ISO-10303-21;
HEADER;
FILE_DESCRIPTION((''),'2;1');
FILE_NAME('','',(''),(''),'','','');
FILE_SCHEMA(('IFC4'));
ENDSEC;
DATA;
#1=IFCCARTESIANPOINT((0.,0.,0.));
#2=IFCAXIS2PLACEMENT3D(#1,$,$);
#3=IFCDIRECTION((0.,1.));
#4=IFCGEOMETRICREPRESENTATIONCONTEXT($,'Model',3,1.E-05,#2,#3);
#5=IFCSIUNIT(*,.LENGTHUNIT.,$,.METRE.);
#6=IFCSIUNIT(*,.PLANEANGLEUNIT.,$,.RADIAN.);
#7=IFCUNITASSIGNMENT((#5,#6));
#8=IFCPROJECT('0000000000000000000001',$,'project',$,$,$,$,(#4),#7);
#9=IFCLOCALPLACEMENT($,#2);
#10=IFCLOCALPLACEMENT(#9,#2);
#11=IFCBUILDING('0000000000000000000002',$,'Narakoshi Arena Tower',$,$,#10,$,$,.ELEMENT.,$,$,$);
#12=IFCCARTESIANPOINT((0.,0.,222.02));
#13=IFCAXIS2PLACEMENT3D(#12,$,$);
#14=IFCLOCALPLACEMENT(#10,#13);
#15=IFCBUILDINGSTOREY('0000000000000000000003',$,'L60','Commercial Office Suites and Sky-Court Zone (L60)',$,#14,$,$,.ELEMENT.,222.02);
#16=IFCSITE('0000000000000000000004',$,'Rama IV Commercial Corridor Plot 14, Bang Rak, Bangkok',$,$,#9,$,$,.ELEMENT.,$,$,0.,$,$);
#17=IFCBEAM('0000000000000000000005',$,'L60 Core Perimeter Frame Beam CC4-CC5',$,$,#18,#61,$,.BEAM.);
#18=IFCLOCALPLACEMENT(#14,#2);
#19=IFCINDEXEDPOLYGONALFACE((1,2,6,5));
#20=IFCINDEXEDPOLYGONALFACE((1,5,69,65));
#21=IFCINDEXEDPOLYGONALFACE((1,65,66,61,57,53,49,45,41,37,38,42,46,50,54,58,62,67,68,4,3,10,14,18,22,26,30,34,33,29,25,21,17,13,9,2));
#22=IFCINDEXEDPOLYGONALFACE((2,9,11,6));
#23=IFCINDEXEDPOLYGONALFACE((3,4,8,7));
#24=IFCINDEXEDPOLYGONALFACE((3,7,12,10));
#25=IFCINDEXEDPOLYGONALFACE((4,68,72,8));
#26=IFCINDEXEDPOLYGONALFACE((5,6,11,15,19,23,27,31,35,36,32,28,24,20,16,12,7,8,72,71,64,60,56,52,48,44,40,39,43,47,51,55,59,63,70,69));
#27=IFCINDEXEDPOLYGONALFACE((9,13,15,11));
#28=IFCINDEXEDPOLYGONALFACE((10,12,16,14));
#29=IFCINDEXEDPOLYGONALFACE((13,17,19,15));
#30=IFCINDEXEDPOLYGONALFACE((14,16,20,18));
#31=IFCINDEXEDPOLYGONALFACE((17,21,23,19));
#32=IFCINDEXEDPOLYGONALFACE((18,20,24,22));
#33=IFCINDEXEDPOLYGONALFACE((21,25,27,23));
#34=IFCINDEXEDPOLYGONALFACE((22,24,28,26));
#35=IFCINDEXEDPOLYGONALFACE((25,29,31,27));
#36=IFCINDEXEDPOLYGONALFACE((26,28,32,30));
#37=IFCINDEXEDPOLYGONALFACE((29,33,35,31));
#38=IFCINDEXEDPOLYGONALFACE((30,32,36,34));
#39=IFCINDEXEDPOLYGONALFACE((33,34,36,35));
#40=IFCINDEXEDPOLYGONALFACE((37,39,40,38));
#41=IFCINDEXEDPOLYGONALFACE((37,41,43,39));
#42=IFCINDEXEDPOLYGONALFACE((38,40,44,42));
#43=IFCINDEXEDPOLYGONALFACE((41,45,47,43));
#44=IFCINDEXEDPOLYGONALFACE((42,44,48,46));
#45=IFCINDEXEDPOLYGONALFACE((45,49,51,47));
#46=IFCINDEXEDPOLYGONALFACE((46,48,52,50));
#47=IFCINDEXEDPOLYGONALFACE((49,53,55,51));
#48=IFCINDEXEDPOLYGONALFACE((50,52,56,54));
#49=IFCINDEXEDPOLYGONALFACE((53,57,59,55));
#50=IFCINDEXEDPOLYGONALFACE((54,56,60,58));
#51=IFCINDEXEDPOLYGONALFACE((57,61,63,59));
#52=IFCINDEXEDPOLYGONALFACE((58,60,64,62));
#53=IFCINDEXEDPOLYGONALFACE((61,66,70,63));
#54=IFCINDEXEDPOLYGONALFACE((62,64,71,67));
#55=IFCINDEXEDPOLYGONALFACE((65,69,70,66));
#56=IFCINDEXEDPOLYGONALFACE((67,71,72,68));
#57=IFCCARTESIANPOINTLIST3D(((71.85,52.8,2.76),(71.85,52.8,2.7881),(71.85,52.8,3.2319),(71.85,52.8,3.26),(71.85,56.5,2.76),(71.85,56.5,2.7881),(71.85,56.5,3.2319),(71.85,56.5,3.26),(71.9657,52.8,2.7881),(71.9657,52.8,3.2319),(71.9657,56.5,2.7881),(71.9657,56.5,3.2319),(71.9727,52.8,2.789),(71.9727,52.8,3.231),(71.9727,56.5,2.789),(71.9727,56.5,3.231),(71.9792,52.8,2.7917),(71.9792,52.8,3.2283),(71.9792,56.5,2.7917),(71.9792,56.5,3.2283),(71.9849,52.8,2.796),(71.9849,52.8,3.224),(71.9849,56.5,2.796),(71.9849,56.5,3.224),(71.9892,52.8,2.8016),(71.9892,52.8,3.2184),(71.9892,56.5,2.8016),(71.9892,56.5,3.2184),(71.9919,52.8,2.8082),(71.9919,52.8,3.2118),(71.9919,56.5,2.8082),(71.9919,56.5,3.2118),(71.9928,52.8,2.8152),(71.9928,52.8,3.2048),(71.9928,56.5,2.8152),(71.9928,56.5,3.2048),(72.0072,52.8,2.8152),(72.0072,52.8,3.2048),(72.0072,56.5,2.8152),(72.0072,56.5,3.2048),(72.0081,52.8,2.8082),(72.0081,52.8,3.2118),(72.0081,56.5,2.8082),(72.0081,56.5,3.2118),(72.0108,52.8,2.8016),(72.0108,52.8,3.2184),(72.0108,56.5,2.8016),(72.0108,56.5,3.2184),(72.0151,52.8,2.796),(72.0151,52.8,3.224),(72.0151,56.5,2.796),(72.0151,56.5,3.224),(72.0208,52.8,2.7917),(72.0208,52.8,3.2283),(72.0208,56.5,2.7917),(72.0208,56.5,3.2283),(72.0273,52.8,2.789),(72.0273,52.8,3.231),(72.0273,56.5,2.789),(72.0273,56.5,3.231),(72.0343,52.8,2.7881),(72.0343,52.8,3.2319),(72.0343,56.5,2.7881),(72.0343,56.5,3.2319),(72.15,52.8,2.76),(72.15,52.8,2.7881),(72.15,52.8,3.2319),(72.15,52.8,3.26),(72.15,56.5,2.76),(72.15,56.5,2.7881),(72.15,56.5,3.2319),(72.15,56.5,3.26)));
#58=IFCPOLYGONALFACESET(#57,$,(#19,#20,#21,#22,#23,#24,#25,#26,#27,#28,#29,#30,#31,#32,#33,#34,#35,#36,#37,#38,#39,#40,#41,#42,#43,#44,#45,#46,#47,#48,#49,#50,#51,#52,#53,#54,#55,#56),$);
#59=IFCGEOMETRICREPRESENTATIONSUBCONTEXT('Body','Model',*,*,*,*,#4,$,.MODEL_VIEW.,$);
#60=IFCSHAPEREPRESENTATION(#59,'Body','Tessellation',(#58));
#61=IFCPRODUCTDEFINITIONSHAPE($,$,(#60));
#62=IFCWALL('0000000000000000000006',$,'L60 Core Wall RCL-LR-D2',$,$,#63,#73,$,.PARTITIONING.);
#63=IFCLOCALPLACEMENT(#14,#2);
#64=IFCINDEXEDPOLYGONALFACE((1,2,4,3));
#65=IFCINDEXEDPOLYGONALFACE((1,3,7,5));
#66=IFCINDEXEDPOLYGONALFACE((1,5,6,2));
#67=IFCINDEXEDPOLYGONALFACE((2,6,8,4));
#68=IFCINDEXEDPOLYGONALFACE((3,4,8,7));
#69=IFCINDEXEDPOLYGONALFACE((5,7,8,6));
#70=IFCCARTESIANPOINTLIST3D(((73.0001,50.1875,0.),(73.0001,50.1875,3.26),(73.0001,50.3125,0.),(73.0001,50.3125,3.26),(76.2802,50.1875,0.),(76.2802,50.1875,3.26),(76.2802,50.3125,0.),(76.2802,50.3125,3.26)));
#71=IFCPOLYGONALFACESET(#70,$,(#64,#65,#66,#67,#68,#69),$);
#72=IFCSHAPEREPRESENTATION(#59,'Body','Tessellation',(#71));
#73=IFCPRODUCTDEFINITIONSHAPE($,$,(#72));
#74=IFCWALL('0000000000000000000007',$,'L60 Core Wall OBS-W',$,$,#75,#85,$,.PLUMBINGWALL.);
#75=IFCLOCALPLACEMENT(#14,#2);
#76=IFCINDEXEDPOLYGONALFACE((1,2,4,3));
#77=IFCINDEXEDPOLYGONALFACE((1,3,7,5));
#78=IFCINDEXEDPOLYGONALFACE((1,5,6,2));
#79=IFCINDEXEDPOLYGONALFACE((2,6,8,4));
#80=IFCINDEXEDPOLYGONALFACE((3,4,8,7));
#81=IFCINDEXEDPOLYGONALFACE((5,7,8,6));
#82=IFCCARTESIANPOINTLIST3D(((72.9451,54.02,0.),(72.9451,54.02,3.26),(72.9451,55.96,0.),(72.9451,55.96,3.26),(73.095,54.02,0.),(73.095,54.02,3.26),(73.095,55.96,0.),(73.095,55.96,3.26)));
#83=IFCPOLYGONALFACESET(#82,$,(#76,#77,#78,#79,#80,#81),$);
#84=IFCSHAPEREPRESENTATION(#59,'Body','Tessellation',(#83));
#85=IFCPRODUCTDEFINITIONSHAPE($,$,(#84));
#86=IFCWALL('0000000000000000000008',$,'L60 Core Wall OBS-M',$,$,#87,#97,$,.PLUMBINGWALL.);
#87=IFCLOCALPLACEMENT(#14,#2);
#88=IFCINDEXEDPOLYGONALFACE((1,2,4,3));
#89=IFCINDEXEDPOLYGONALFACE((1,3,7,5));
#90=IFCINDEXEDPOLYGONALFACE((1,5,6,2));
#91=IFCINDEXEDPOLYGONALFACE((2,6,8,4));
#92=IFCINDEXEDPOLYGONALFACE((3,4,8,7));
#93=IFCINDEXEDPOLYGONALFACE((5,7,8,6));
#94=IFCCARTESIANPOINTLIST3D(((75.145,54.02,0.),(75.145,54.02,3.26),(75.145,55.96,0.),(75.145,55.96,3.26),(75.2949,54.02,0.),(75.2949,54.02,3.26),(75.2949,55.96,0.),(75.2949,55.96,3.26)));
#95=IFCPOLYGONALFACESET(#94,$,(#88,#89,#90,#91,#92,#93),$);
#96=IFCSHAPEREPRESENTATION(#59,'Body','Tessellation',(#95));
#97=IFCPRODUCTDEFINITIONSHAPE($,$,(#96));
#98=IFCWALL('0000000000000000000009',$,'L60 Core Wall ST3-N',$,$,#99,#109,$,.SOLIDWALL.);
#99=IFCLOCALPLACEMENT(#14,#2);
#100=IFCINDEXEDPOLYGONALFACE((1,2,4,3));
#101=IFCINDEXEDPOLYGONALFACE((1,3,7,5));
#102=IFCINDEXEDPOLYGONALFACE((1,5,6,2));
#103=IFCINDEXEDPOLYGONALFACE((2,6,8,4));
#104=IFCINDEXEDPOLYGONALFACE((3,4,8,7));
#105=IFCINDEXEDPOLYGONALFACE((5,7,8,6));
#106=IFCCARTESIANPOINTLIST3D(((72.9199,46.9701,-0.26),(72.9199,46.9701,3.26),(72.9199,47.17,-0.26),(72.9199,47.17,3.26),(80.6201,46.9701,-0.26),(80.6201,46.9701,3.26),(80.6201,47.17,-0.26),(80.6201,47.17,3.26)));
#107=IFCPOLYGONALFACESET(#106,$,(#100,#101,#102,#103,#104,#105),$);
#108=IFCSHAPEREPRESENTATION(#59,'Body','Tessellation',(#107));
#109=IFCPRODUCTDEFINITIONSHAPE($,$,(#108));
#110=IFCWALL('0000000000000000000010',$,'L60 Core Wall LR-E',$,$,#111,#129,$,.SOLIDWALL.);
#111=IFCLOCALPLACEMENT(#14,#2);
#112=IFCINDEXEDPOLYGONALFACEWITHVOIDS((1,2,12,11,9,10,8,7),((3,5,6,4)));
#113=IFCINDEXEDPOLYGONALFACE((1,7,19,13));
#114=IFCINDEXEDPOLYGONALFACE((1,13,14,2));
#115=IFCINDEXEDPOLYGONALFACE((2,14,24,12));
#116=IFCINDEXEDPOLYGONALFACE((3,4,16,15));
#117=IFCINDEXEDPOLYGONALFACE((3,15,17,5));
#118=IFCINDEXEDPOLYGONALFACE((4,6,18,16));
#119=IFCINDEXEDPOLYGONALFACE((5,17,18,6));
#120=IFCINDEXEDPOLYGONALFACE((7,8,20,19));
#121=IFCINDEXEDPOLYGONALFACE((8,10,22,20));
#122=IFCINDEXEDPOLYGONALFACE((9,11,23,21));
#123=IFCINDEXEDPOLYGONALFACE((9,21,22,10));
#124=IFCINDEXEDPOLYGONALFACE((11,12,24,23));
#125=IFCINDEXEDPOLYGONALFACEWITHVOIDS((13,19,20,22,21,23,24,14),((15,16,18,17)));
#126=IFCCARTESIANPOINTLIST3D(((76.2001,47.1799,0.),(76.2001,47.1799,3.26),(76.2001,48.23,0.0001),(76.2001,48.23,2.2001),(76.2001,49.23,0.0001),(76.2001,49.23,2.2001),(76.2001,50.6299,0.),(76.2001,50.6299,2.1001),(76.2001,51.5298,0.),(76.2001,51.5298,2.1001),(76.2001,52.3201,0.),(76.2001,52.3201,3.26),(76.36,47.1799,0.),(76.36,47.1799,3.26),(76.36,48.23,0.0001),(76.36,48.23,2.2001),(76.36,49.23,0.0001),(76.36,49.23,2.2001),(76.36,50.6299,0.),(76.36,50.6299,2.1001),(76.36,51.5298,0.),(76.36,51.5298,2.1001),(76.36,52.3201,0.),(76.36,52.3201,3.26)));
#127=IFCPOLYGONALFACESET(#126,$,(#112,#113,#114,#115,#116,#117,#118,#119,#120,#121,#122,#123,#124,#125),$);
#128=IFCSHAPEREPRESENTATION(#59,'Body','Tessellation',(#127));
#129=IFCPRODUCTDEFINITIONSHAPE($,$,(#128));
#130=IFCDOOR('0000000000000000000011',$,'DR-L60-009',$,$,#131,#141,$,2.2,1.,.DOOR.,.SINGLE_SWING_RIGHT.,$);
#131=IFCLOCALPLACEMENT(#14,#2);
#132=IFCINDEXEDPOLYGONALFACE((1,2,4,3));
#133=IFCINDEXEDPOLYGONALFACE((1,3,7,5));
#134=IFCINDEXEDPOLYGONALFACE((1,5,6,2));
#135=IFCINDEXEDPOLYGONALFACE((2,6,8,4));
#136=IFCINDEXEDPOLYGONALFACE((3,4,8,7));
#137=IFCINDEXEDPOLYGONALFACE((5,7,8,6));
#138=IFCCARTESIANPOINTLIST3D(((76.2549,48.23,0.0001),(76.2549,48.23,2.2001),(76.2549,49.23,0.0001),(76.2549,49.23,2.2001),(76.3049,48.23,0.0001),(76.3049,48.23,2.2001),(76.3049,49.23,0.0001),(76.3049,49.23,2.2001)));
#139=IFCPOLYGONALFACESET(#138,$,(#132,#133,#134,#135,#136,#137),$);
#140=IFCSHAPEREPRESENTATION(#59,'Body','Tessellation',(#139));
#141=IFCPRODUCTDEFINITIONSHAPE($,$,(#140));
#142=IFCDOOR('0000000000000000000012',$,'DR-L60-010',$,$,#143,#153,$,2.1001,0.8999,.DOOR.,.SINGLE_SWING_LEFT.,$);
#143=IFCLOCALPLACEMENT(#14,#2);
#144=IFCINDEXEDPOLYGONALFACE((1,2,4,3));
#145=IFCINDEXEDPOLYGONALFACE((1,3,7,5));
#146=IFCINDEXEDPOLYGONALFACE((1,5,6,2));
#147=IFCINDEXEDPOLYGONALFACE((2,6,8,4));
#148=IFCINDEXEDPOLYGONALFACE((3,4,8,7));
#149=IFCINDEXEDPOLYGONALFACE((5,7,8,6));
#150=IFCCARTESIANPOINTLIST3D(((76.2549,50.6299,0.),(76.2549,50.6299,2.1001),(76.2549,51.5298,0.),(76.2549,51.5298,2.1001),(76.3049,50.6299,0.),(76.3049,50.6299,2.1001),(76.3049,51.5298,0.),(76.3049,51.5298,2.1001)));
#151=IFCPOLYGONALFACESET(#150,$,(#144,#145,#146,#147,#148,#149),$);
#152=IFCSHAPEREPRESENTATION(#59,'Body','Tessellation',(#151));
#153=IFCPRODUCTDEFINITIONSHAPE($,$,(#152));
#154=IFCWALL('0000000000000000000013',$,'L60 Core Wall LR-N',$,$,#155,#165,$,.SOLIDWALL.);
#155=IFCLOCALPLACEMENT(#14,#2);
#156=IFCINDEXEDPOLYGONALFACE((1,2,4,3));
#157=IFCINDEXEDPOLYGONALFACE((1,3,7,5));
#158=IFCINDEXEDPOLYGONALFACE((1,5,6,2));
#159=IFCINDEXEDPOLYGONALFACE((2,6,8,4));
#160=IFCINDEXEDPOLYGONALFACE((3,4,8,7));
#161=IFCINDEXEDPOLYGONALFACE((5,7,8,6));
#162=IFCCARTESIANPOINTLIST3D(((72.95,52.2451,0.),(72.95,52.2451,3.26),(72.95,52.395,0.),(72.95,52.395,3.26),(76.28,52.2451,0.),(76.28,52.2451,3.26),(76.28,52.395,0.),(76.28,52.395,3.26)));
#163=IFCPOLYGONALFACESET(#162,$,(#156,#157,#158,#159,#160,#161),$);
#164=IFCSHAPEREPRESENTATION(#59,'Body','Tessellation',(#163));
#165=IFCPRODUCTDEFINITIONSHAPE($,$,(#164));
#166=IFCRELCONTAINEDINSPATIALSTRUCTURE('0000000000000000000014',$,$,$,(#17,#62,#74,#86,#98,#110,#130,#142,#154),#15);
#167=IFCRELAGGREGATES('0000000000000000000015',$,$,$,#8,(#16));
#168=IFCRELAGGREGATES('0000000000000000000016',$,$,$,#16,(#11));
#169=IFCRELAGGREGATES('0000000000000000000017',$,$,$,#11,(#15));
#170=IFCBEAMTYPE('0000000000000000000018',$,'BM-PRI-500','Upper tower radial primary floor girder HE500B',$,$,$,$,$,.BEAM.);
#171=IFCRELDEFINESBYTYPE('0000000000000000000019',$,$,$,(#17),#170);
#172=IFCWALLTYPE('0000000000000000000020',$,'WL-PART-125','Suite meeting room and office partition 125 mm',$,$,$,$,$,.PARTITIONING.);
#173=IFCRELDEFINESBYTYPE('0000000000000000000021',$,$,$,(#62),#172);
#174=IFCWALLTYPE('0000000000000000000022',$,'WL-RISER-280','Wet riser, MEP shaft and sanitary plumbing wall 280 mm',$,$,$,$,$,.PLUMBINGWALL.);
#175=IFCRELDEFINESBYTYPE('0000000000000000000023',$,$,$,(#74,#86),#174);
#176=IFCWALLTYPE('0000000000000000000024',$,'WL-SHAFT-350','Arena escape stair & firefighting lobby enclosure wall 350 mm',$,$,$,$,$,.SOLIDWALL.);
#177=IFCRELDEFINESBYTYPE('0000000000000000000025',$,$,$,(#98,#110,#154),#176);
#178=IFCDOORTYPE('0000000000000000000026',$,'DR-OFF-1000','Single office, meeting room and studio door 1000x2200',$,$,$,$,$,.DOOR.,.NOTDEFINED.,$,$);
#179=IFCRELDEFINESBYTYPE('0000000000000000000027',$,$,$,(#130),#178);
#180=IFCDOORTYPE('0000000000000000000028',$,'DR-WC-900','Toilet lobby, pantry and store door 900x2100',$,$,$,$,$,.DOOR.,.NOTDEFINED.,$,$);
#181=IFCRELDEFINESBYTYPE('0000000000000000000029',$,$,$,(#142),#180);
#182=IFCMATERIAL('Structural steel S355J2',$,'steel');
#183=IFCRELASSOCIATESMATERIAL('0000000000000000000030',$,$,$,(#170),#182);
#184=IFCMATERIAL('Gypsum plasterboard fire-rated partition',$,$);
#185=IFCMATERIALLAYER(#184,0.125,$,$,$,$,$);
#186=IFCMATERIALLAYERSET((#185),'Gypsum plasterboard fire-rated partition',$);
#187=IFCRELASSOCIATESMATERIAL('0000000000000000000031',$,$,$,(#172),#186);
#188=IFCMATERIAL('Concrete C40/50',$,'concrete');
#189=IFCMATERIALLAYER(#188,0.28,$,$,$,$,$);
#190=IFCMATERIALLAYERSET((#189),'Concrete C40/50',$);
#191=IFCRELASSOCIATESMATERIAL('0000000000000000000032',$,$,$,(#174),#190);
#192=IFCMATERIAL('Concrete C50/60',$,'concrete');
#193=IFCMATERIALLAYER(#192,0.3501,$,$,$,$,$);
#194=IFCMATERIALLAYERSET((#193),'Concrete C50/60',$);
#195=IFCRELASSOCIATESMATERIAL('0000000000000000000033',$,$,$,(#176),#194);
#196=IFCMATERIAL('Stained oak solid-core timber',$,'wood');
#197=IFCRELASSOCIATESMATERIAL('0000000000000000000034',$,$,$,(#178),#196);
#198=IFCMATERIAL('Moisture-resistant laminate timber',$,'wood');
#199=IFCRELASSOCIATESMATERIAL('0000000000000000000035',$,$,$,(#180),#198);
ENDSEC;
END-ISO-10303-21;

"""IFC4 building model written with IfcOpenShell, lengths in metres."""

from ifc_helpers import new_model, si_unit, direction, frame, frame_2d, origin, origin_2d, place, context, subcontext, project, spatial, rectangle, i_section, extrude, material, layer, layer_set, material_profile, profile_set, type_object, element, fill, save


model = new_model("IFC4")

# Units and contexts
model_context = context("Model", 3, precision=1e-05, world=origin(), true_north=direction((0.0, 1.0)))
body_context = subcontext(model_context, "Body", "Model", "MODEL_VIEW")
ifc_project = project(units=[si_unit("LENGTHUNIT", "METRE"), si_unit("PLANEANGLEUNIT", "RADIAN")], contexts=[model_context])

# Site, building, storey
site_placement = place(None, origin())
site = spatial("IfcSite", under=ifc_project, at=site_placement, Name="Rama IV Commercial Corridor Plot 14, Bang Rak, Bangkok", CompositionType="ELEMENT", RefElevation=0.0)
building_placement = place(site_placement, origin())
building = spatial("IfcBuilding", under=site, at=building_placement, Name="Narakoshi Arena Tower", CompositionType="ELEMENT")
storey_placement = place(building_placement, frame((0.0, 0.0, 222.02)))
storey = spatial("IfcBuildingStorey", under=building, at=storey_placement, Name="L60", Description="Commercial Office Suites and Sky-Court Zone (L60)", CompositionType="ELEMENT", Elevation=222.02)

# Beam
ifc_material_1 = material(Name="Structural steel S355J2", Category="steel")
ifc_material_profile_1 = material_profile(ifc_material_1, i_section(OverallWidth=0.3, OverallDepth=0.5, WebThickness=0.0144, FlangeThickness=0.0281, FilletRadius=0.0271, at=origin_2d()), Name="HE500B")
ifc_profile_set_1 = profile_set([ifc_material_profile_1], Name="Structural steel S355J2")
beam_type = type_object("IfcBeamType", Name="BM-PRI-500", Description="Upper tower radial primary floor girder HE500B", PredefinedType="BEAM", material=ifc_profile_set_1)
beam_1_placement = place(storey_placement, frame((72.0, 52.8, 3.01), z_axis=(0.0, 1.0, 0.0), x_axis=(-1.0, 0.0, 0.0)))
element("IfcBeam", 1, at=beam_1_placement, inside=storey, type_object=beam_type, Name="L60 Core Perimeter Frame Beam CC4-CC5", PredefinedType="BEAM", context=body_context, shape_type="SweptSolid", body=[
    extrude(i_section(OverallWidth=0.3, OverallDepth=0.5, WebThickness=0.0144, FlangeThickness=0.0281, FilletRadius=0.0271, at=origin_2d()), origin(), (0.0, 0.0, 1.0), 3.7),
])

# Walls
ifc_material_2 = material(Name="Gypsum plasterboard fire-rated partition")
ifc_layer_1 = layer(ifc_material_2, 0.125)
ifc_layer_set_1 = layer_set([ifc_layer_1], Name="Gypsum plasterboard fire-rated partition")
wall_type_1 = type_object("IfcWallType", Name="WL-PART-125", Description="Suite meeting room and office partition 125 mm", PredefinedType="PARTITIONING", material=ifc_layer_set_1)
wall_1_placement = place(storey_placement, frame((73.0, 50.25, 0.0), z_axis=(0.0, 0.0, 1.0), x_axis=(1.0, 0.0, 0.0)))
element("IfcWall", 2, at=wall_1_placement, inside=storey, type_object=wall_type_1, Name="L60 Core Wall RCL-LR-D2", PredefinedType="PARTITIONING", context=body_context, shape_type="SweptSolid", body=[
    extrude(rectangle(XDim=3.28, YDim=0.125, at=frame_2d((1.6401, 0.0))), origin(), (0.0, 0.0, 1.0), 3.26),
])
ifc_material_3 = material(Name="Concrete C40/50", Category="concrete")
ifc_layer_2 = layer(ifc_material_3, 0.28)
ifc_layer_set_2 = layer_set([ifc_layer_2], Name="Concrete C40/50")
wall_type_2 = type_object("IfcWallType", Name="WL-RISER-280", Description="Wet riser, MEP shaft and sanitary plumbing wall 280 mm", PredefinedType="PLUMBINGWALL", material=ifc_layer_set_2)
for number, where, z_axis, x_axis, name in (
    (3, (73.02, 54.02, 0.0), (0.0, 0.0, 1.0), (0.0, 1.0, 0.0), "L60 Core Wall OBS-W"),
    (4, (75.22, 54.02, 0.0), (0.0, 0.0, 1.0), (0.0, 1.0, 0.0), "L60 Core Wall OBS-M"),
):
    element("IfcWall", number, at=place(storey_placement, frame(where, z_axis=z_axis, x_axis=x_axis)), inside=storey, type_object=wall_type_2, Name=name, PredefinedType="PLUMBINGWALL", context=body_context, shape_type="SweptSolid", body=[
        extrude(rectangle(XDim=1.9399, YDim=0.1499, at=frame_2d((0.97, 0.0))), origin(), (0.0, 0.0, 1.0), 3.26),
    ])
ifc_material_4 = material(Name="Concrete C50/60", Category="concrete")
ifc_layer_3 = layer(ifc_material_4, 0.3501)
ifc_layer_set_3 = layer_set([ifc_layer_3], Name="Concrete C50/60")
wall_type_3 = type_object("IfcWallType", Name="WL-SHAFT-350", Description="Arena escape stair & firefighting lobby enclosure wall 350 mm", PredefinedType="SOLIDWALL", material=ifc_layer_set_3)
wall_2_placement = place(storey_placement, frame((72.9199, 47.0701, -0.26), z_axis=(0.0, 0.0, 1.0), x_axis=(1.0, 0.0, 0.0)))
element("IfcWall", 5, at=wall_2_placement, inside=storey, type_object=wall_type_3, Name="L60 Core Wall ST3-N", PredefinedType="SOLIDWALL", context=body_context, shape_type="SweptSolid", body=[
    extrude(rectangle(XDim=7.7002, YDim=0.2, at=frame_2d((3.8501, 0.0))), origin(), (0.0, 0.0, 1.0), 3.52),
])

# Wall, openings, doors
wall_3_placement = place(storey_placement, frame((76.28, 47.1799, 0.0), z_axis=(0.0, 0.0, 1.0), x_axis=(0.0, 1.0, 0.0)))
wall_3 = element("IfcWall", 6, at=wall_3_placement, inside=storey, type_object=wall_type_3, Name="L60 Core Wall LR-E", PredefinedType="SOLIDWALL", context=body_context, shape_type="SweptSolid", body=[
    extrude(rectangle(XDim=5.1401, YDim=0.1599, at=frame_2d((2.5701, 0.0))), origin(), (0.0, 0.0, 1.0), 3.26),
])
opening_1_placement = place(wall_3_placement, frame((1.05, 0.0, 0.0)))
opening_1 = element("IfcOpeningElement", 7, at=opening_1_placement, cuts=wall_3, PredefinedType="OPENING", context=body_context, shape_type="SweptSolid", body=[
    extrude(rectangle(XDim=1.0, YDim=2.2, at=frame_2d((0.5, 1.1001))), frame((0.0, 0.0898, 0.0), z_axis=(0.0, -1.0, 0.0), x_axis=(1.0, 0.0, 0.0)), (0.0, 0.0, 1.0), 0.1799),
])
opening_2_placement = place(wall_3_placement, frame((3.45, 0.0, 0.0)))
opening_2 = element("IfcOpeningElement", 8, at=opening_2_placement, cuts=wall_3, PredefinedType="OPENING", context=body_context, shape_type="SweptSolid", body=[
    extrude(rectangle(XDim=0.8999, YDim=2.1001, at=frame_2d((0.45, 1.05))), frame((0.0, 0.0898, 0.0), z_axis=(0.0, -1.0, 0.0), x_axis=(1.0, 0.0, 0.0)), (0.0, 0.0, 1.0), 0.1799),
])
ifc_material_5 = material(Name="Stained oak solid-core timber", Category="wood")
door_type_1 = type_object("IfcDoorType", Name="DR-OFF-1000", Description="Single office, meeting room and studio door 1000x2200", OperationType="NOTDEFINED", PredefinedType="DOOR", material=ifc_material_5)
door_1_placement = place(opening_1_placement, frame((1.0, 0.0, 0.0), z_axis=(0.0, 0.0, 1.0), x_axis=(-1.0, 0.0, 0.0)))
door_1 = element("IfcDoor", 9, at=door_1_placement, inside=storey, type_object=door_type_1, Name="DR-L60-009", OperationType="SINGLE_SWING_RIGHT", OverallHeight=2.2, OverallWidth=1.0, PredefinedType="DOOR", context=body_context, shape_type="SweptSolid", body=[
    extrude(rectangle(XDim=1.0, YDim=2.2, at=frame_2d((0.5, 1.1001))), frame((0.0, 0.0249, 0.0), z_axis=(0.0, -1.0, 0.0), x_axis=(1.0, 0.0, 0.0)), (0.0, 0.0, 1.0), 0.05),
])
fill(opening_1, door_1)
ifc_material_6 = material(Name="Moisture-resistant laminate timber", Category="wood")
door_type_2 = type_object("IfcDoorType", Name="DR-WC-900", Description="Toilet lobby, pantry and store door 900x2100", OperationType="NOTDEFINED", PredefinedType="DOOR", material=ifc_material_6)
door_2_placement = place(opening_2_placement, frame((0.8999, 0.0, 0.0), z_axis=(0.0, 0.0, 1.0), x_axis=(-1.0, 0.0, 0.0)))
door_2 = element("IfcDoor", 10, at=door_2_placement, inside=storey, type_object=door_type_2, Name="DR-L60-010", OperationType="SINGLE_SWING_LEFT", OverallHeight=2.1001, OverallWidth=0.8999, PredefinedType="DOOR", context=body_context, shape_type="SweptSolid", body=[
    extrude(rectangle(XDim=0.8999, YDim=2.1001, at=frame_2d((0.45, 1.05))), frame((0.0, 0.0249, 0.0), z_axis=(0.0, -1.0, 0.0), x_axis=(1.0, 0.0, 0.0)), (0.0, 0.0, 1.0), 0.05),
])
fill(opening_2, door_2)

# Wall
wall_4_placement = place(storey_placement, frame((72.95, 52.3201, 0.0), z_axis=(0.0, 0.0, 1.0), x_axis=(1.0, 0.0, 0.0)))
element("IfcWall", 11, at=wall_4_placement, inside=storey, type_object=wall_type_3, Name="L60 Core Wall LR-N", PredefinedType="SOLIDWALL", context=body_context, shape_type="SweptSolid", body=[
    extrude(rectangle(XDim=3.3301, YDim=0.1499, at=frame_2d((1.665, 0.0))), origin(), (0.0, 0.0, 1.0), 3.26),
])

save(model, "model.ifc")
